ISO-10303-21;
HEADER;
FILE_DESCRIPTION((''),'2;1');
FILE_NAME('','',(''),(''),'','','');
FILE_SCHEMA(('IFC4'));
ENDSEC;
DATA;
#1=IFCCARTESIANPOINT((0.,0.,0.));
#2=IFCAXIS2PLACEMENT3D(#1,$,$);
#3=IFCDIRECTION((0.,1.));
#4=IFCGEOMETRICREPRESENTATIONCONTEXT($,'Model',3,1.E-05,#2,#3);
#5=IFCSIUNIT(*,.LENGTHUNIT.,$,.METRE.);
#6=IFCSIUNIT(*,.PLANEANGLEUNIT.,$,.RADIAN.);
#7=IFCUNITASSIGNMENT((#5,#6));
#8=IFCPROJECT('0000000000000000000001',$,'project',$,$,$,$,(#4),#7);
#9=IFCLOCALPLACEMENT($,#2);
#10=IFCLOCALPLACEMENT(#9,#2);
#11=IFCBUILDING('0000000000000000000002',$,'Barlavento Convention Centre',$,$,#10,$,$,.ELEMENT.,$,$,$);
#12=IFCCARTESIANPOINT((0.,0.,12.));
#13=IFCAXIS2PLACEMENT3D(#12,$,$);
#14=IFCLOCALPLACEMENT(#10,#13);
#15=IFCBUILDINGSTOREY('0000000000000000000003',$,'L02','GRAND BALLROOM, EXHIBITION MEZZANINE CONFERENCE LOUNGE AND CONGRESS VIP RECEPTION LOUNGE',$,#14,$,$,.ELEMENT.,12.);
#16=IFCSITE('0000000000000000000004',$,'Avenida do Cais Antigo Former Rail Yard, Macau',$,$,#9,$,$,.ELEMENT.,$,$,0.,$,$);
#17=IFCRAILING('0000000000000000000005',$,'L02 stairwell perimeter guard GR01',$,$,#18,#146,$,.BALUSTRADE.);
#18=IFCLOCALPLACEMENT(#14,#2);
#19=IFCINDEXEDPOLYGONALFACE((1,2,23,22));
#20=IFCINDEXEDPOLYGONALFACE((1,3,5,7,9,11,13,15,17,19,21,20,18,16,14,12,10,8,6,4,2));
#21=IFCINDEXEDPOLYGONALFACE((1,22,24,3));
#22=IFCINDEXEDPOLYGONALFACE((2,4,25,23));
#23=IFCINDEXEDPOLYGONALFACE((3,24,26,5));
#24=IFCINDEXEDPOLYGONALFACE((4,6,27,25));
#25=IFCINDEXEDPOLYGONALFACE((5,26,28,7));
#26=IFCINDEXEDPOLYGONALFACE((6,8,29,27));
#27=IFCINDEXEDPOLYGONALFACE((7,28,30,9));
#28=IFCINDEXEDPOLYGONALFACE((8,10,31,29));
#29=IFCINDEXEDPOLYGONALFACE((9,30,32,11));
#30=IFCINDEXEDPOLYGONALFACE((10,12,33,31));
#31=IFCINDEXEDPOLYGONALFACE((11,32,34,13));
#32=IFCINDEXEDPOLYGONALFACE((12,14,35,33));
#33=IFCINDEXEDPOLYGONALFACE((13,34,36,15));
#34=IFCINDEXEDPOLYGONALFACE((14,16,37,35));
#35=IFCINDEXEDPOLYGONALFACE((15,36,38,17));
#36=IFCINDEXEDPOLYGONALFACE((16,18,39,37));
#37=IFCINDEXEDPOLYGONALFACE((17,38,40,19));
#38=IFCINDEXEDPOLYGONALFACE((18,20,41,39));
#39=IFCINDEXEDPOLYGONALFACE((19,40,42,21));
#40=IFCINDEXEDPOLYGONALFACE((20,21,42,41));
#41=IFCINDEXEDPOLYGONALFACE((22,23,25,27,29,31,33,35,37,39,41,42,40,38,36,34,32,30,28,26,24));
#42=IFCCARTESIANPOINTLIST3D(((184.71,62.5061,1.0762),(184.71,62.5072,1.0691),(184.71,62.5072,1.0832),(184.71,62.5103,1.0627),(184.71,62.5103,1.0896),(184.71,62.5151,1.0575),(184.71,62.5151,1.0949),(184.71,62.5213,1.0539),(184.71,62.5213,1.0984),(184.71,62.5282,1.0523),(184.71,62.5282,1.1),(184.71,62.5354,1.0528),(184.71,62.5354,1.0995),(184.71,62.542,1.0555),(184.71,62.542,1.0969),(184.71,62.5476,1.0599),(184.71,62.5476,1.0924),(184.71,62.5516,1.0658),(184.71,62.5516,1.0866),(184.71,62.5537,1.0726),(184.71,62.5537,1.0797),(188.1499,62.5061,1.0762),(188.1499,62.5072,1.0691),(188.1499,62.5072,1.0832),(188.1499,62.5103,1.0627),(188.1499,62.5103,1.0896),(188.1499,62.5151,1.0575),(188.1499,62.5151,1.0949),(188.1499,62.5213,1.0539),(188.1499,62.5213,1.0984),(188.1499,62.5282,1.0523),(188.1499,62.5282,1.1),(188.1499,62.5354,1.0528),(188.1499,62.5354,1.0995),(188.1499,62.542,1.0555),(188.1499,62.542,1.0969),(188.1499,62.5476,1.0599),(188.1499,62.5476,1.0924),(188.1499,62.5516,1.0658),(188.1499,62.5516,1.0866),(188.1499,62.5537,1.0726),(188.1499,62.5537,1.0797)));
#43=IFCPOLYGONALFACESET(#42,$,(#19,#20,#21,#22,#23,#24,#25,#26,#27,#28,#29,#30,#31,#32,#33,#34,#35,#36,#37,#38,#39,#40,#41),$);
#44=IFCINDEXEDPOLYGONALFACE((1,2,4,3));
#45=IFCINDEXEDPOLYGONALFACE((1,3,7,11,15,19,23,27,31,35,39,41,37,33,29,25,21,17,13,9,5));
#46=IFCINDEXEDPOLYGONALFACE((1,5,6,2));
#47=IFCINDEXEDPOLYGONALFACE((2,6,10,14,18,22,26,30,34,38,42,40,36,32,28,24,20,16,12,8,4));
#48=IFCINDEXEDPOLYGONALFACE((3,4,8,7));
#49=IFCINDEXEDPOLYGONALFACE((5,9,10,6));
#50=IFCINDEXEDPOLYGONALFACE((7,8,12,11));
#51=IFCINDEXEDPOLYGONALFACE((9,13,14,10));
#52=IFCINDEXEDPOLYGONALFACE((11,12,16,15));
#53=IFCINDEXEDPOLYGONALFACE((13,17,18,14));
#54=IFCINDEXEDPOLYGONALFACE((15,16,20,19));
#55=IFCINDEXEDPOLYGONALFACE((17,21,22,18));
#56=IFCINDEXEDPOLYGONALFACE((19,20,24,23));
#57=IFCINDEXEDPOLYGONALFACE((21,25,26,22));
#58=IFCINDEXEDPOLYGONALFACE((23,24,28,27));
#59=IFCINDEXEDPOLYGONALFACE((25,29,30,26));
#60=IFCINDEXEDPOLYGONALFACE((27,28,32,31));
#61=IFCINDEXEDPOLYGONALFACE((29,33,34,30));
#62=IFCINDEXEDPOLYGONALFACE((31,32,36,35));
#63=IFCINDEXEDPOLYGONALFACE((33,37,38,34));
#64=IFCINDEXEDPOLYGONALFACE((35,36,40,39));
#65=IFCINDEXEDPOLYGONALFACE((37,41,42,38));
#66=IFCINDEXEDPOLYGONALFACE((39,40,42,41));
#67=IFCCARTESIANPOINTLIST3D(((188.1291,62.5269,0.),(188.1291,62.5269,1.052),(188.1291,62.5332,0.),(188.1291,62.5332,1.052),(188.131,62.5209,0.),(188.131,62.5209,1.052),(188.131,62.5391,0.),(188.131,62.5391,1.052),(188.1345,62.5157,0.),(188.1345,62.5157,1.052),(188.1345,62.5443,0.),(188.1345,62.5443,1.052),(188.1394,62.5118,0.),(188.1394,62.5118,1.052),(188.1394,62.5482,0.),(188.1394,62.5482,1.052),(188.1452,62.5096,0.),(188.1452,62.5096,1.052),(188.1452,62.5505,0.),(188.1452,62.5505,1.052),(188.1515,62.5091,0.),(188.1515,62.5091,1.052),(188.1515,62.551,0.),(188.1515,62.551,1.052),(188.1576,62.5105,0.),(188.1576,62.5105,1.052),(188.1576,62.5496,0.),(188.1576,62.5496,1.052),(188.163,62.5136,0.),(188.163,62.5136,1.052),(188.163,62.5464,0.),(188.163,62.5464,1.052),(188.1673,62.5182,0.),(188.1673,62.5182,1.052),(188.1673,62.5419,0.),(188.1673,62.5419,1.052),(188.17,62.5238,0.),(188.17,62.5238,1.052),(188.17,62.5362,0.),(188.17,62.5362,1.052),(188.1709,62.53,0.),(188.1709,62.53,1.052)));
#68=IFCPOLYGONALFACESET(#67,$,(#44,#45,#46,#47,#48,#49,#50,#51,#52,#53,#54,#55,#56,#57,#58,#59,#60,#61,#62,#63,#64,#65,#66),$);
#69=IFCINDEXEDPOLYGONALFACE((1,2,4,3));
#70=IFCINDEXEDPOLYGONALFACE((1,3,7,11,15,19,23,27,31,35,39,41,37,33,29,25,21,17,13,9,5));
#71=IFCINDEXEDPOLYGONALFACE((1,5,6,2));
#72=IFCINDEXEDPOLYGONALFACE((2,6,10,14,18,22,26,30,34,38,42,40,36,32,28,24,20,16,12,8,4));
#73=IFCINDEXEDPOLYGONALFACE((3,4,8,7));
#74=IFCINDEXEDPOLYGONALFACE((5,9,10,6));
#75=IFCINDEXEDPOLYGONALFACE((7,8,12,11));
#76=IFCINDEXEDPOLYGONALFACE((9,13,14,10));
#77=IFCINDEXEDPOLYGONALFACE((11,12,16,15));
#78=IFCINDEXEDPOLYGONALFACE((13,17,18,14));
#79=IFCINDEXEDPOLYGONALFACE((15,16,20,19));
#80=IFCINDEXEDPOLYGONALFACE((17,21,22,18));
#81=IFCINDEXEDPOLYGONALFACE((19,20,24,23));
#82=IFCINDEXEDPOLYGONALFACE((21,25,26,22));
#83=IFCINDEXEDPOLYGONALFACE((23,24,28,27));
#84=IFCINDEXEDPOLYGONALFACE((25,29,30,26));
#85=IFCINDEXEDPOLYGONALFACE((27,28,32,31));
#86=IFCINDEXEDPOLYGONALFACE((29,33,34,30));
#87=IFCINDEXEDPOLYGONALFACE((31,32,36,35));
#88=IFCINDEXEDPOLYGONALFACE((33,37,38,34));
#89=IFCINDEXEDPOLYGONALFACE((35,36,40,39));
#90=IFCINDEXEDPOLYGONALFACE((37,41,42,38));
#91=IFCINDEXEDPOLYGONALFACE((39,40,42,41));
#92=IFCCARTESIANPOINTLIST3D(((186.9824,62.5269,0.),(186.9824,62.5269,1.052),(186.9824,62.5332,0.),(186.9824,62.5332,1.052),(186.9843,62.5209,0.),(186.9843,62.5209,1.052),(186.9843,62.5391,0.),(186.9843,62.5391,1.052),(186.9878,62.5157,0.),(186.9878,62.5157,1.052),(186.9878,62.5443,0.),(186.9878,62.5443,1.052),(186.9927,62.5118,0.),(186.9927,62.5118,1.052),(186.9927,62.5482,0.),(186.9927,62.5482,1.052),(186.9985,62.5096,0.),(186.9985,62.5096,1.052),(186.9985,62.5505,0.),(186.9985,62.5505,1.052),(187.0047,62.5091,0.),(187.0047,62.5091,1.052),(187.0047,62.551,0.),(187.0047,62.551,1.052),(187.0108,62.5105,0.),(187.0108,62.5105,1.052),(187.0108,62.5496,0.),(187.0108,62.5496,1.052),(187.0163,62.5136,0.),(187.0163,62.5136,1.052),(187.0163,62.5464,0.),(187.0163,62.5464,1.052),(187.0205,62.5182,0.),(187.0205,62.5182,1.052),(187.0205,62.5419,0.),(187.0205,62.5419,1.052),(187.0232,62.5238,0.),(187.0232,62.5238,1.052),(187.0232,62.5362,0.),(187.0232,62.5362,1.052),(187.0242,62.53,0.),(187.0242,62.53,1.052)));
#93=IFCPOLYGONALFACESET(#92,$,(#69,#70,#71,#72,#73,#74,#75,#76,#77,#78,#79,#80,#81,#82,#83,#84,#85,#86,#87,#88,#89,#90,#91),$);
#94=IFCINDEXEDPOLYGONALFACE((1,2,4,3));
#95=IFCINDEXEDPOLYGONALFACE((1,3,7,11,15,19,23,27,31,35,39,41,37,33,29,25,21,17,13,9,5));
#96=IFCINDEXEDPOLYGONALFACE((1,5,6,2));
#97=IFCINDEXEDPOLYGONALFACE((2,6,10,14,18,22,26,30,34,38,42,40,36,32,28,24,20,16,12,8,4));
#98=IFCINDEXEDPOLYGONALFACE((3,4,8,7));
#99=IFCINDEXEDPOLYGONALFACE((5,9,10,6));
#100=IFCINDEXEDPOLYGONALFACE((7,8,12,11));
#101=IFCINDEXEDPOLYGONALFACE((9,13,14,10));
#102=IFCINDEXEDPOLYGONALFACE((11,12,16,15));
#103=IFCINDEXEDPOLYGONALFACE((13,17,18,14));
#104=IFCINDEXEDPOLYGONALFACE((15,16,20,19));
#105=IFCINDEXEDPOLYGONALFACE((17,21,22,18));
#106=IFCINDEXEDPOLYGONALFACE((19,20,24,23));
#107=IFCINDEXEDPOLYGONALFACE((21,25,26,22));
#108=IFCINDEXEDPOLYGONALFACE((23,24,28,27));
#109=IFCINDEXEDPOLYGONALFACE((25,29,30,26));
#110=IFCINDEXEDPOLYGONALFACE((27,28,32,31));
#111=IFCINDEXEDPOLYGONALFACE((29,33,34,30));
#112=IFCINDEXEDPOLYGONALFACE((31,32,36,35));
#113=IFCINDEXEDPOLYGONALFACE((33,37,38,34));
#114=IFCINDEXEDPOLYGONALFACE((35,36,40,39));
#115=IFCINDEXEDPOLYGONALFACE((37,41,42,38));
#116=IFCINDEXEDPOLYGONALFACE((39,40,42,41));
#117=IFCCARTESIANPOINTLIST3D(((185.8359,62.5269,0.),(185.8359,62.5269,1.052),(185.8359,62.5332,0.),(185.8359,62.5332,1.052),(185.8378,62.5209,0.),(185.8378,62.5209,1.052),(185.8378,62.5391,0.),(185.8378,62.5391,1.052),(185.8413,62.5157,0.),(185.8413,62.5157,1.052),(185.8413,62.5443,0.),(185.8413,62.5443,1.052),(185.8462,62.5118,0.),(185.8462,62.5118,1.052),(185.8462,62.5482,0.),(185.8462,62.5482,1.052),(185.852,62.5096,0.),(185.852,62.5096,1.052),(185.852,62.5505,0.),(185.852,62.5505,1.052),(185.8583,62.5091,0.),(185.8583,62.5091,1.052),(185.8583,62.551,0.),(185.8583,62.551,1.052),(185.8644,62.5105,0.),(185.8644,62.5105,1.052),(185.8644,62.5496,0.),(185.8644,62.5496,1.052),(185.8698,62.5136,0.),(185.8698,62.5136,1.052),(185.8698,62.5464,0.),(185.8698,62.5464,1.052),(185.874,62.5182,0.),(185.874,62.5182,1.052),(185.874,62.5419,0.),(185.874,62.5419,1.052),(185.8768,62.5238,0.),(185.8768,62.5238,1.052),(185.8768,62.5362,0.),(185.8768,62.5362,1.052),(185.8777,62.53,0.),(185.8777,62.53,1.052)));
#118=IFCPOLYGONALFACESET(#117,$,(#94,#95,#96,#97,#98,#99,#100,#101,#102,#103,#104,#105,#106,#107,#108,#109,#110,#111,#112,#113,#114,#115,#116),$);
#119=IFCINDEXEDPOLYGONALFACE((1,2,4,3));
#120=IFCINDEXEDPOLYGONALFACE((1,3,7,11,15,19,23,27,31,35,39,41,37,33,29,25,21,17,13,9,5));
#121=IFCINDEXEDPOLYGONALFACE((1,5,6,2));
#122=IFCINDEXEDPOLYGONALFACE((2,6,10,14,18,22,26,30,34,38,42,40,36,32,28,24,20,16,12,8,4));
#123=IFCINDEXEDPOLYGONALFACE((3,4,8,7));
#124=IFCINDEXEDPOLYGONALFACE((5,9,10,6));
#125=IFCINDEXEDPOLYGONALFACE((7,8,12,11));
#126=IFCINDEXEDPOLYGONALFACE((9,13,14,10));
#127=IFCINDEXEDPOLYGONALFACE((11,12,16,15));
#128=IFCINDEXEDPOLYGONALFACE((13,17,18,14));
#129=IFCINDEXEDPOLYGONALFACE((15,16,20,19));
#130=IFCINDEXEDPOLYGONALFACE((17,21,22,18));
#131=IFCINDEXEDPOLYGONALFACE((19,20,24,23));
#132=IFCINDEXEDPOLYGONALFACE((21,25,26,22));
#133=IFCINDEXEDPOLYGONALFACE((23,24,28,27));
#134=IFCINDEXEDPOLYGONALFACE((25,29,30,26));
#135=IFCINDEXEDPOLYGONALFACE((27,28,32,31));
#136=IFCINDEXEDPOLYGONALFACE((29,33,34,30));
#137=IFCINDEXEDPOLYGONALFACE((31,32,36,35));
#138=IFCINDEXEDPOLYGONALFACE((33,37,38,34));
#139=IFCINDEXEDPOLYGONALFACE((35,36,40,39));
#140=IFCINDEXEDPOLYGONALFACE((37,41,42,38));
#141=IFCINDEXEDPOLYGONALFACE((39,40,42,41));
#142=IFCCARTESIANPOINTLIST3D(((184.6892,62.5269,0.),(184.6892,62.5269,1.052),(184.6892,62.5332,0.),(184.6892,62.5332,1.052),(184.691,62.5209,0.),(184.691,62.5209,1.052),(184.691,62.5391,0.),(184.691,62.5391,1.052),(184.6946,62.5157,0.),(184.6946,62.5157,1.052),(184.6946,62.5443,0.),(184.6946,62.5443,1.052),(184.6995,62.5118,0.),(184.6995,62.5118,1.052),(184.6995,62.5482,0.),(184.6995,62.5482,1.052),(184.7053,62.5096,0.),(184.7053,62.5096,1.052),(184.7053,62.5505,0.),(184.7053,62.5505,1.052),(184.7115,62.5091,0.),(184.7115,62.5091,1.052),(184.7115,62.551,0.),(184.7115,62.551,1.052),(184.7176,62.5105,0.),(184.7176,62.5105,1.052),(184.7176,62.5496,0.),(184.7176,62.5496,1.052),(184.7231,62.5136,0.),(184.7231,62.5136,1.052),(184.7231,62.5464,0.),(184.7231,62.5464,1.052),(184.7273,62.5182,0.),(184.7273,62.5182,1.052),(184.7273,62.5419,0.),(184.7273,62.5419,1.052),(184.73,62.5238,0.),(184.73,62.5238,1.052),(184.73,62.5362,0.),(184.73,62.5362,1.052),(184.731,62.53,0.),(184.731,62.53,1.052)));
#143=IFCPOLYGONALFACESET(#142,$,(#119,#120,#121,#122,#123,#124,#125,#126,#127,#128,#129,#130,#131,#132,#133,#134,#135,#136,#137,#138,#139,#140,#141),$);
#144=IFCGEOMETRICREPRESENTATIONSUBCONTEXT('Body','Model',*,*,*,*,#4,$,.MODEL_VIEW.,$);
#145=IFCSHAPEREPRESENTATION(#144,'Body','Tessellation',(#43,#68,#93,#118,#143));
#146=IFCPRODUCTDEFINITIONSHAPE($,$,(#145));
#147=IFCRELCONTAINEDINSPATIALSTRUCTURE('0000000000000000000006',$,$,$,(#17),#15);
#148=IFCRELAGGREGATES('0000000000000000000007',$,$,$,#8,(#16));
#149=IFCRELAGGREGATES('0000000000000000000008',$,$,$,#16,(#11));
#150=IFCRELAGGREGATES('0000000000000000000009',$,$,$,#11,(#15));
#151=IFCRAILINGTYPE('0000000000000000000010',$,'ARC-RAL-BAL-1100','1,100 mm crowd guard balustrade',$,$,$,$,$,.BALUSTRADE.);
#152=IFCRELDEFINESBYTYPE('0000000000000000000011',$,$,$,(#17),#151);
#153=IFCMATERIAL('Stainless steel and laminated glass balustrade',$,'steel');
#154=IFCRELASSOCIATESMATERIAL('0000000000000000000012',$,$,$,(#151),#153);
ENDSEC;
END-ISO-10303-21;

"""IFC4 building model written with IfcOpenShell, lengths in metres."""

from ifc_helpers import new_model, si_unit, direction, frame, origin, origin_2d, place, context, subcontext, project, spatial, circle, extrude, material, type_object, element, save


model = new_model("IFC4")

# Units and contexts
model_context = context("Model", 3, precision=1e-05, world=origin(), true_north=direction((0.0, 1.0)))
body_context = subcontext(model_context, "Body", "Model", "MODEL_VIEW")
ifc_project = project(units=[si_unit("LENGTHUNIT", "METRE"), si_unit("PLANEANGLEUNIT", "RADIAN")], contexts=[model_context])

# Site, building, storey
site_placement = place(None, origin())
site = spatial("IfcSite", under=ifc_project, at=site_placement, Name="Avenida do Cais Antigo Former Rail Yard, Macau", CompositionType="ELEMENT", RefElevation=0.0)
building_placement = place(site_placement, origin())
building = spatial("IfcBuilding", under=site, at=building_placement, Name="Barlavento Convention Centre", CompositionType="ELEMENT")
storey_placement = place(building_placement, frame((0.0, 0.0, 12.0)))
storey = spatial("IfcBuildingStorey", under=building, at=storey_placement, Name="L02", Description="GRAND BALLROOM, EXHIBITION MEZZANINE CONFERENCE LOUNGE AND CONGRESS VIP RECEPTION LOUNGE", CompositionType="ELEMENT", Elevation=12.0)

# Railing
ifc_material_1 = material(Name="Stainless steel and laminated glass balustrade", Category="steel")
railing_type_1 = type_object("IfcRailingType", Name="ARC-RAL-BAL-1100", Description="1,100 mm crowd guard balustrade", PredefinedType="BALUSTRADE", material=ifc_material_1)
railing_1_placement = place(storey_placement, frame((188.1499, 62.53, 0.0)))
element("IfcRailing", 1, at=railing_1_placement, inside=storey, type_object=railing_type_1, Name="L02 stairwell perimeter guard GR01", PredefinedType="BALUSTRADE", context=body_context, shape_type="SweptSolid", body=[
    extrude(circle(Radius=0.0239, at=origin_2d()), frame((0.0, 0.0, 1.0762), z_axis=(-1.0, 0.0, 0.0), x_axis=(0.0, -1.0, 0.0)), (0.0, 0.0, 1.0), 3.4399),
    extrude(circle(Radius=0.021, at=origin_2d()), origin(), (0.0, 0.0, 1.0), 1.052),
    extrude(circle(Radius=0.021, at=origin_2d()), frame((-1.1467, 0.0, 0.0)), (0.0, 0.0, 1.0), 1.052),
    extrude(circle(Radius=0.021, at=origin_2d()), frame((-2.2932, 0.0, 0.0)), (0.0, 0.0, 1.0), 1.052),
    extrude(circle(Radius=0.021, at=origin_2d()), frame((-3.4399, 0.0, 0.0)), (0.0, 0.0, 1.0), 1.052),
])

save(model, "model.ifc")
